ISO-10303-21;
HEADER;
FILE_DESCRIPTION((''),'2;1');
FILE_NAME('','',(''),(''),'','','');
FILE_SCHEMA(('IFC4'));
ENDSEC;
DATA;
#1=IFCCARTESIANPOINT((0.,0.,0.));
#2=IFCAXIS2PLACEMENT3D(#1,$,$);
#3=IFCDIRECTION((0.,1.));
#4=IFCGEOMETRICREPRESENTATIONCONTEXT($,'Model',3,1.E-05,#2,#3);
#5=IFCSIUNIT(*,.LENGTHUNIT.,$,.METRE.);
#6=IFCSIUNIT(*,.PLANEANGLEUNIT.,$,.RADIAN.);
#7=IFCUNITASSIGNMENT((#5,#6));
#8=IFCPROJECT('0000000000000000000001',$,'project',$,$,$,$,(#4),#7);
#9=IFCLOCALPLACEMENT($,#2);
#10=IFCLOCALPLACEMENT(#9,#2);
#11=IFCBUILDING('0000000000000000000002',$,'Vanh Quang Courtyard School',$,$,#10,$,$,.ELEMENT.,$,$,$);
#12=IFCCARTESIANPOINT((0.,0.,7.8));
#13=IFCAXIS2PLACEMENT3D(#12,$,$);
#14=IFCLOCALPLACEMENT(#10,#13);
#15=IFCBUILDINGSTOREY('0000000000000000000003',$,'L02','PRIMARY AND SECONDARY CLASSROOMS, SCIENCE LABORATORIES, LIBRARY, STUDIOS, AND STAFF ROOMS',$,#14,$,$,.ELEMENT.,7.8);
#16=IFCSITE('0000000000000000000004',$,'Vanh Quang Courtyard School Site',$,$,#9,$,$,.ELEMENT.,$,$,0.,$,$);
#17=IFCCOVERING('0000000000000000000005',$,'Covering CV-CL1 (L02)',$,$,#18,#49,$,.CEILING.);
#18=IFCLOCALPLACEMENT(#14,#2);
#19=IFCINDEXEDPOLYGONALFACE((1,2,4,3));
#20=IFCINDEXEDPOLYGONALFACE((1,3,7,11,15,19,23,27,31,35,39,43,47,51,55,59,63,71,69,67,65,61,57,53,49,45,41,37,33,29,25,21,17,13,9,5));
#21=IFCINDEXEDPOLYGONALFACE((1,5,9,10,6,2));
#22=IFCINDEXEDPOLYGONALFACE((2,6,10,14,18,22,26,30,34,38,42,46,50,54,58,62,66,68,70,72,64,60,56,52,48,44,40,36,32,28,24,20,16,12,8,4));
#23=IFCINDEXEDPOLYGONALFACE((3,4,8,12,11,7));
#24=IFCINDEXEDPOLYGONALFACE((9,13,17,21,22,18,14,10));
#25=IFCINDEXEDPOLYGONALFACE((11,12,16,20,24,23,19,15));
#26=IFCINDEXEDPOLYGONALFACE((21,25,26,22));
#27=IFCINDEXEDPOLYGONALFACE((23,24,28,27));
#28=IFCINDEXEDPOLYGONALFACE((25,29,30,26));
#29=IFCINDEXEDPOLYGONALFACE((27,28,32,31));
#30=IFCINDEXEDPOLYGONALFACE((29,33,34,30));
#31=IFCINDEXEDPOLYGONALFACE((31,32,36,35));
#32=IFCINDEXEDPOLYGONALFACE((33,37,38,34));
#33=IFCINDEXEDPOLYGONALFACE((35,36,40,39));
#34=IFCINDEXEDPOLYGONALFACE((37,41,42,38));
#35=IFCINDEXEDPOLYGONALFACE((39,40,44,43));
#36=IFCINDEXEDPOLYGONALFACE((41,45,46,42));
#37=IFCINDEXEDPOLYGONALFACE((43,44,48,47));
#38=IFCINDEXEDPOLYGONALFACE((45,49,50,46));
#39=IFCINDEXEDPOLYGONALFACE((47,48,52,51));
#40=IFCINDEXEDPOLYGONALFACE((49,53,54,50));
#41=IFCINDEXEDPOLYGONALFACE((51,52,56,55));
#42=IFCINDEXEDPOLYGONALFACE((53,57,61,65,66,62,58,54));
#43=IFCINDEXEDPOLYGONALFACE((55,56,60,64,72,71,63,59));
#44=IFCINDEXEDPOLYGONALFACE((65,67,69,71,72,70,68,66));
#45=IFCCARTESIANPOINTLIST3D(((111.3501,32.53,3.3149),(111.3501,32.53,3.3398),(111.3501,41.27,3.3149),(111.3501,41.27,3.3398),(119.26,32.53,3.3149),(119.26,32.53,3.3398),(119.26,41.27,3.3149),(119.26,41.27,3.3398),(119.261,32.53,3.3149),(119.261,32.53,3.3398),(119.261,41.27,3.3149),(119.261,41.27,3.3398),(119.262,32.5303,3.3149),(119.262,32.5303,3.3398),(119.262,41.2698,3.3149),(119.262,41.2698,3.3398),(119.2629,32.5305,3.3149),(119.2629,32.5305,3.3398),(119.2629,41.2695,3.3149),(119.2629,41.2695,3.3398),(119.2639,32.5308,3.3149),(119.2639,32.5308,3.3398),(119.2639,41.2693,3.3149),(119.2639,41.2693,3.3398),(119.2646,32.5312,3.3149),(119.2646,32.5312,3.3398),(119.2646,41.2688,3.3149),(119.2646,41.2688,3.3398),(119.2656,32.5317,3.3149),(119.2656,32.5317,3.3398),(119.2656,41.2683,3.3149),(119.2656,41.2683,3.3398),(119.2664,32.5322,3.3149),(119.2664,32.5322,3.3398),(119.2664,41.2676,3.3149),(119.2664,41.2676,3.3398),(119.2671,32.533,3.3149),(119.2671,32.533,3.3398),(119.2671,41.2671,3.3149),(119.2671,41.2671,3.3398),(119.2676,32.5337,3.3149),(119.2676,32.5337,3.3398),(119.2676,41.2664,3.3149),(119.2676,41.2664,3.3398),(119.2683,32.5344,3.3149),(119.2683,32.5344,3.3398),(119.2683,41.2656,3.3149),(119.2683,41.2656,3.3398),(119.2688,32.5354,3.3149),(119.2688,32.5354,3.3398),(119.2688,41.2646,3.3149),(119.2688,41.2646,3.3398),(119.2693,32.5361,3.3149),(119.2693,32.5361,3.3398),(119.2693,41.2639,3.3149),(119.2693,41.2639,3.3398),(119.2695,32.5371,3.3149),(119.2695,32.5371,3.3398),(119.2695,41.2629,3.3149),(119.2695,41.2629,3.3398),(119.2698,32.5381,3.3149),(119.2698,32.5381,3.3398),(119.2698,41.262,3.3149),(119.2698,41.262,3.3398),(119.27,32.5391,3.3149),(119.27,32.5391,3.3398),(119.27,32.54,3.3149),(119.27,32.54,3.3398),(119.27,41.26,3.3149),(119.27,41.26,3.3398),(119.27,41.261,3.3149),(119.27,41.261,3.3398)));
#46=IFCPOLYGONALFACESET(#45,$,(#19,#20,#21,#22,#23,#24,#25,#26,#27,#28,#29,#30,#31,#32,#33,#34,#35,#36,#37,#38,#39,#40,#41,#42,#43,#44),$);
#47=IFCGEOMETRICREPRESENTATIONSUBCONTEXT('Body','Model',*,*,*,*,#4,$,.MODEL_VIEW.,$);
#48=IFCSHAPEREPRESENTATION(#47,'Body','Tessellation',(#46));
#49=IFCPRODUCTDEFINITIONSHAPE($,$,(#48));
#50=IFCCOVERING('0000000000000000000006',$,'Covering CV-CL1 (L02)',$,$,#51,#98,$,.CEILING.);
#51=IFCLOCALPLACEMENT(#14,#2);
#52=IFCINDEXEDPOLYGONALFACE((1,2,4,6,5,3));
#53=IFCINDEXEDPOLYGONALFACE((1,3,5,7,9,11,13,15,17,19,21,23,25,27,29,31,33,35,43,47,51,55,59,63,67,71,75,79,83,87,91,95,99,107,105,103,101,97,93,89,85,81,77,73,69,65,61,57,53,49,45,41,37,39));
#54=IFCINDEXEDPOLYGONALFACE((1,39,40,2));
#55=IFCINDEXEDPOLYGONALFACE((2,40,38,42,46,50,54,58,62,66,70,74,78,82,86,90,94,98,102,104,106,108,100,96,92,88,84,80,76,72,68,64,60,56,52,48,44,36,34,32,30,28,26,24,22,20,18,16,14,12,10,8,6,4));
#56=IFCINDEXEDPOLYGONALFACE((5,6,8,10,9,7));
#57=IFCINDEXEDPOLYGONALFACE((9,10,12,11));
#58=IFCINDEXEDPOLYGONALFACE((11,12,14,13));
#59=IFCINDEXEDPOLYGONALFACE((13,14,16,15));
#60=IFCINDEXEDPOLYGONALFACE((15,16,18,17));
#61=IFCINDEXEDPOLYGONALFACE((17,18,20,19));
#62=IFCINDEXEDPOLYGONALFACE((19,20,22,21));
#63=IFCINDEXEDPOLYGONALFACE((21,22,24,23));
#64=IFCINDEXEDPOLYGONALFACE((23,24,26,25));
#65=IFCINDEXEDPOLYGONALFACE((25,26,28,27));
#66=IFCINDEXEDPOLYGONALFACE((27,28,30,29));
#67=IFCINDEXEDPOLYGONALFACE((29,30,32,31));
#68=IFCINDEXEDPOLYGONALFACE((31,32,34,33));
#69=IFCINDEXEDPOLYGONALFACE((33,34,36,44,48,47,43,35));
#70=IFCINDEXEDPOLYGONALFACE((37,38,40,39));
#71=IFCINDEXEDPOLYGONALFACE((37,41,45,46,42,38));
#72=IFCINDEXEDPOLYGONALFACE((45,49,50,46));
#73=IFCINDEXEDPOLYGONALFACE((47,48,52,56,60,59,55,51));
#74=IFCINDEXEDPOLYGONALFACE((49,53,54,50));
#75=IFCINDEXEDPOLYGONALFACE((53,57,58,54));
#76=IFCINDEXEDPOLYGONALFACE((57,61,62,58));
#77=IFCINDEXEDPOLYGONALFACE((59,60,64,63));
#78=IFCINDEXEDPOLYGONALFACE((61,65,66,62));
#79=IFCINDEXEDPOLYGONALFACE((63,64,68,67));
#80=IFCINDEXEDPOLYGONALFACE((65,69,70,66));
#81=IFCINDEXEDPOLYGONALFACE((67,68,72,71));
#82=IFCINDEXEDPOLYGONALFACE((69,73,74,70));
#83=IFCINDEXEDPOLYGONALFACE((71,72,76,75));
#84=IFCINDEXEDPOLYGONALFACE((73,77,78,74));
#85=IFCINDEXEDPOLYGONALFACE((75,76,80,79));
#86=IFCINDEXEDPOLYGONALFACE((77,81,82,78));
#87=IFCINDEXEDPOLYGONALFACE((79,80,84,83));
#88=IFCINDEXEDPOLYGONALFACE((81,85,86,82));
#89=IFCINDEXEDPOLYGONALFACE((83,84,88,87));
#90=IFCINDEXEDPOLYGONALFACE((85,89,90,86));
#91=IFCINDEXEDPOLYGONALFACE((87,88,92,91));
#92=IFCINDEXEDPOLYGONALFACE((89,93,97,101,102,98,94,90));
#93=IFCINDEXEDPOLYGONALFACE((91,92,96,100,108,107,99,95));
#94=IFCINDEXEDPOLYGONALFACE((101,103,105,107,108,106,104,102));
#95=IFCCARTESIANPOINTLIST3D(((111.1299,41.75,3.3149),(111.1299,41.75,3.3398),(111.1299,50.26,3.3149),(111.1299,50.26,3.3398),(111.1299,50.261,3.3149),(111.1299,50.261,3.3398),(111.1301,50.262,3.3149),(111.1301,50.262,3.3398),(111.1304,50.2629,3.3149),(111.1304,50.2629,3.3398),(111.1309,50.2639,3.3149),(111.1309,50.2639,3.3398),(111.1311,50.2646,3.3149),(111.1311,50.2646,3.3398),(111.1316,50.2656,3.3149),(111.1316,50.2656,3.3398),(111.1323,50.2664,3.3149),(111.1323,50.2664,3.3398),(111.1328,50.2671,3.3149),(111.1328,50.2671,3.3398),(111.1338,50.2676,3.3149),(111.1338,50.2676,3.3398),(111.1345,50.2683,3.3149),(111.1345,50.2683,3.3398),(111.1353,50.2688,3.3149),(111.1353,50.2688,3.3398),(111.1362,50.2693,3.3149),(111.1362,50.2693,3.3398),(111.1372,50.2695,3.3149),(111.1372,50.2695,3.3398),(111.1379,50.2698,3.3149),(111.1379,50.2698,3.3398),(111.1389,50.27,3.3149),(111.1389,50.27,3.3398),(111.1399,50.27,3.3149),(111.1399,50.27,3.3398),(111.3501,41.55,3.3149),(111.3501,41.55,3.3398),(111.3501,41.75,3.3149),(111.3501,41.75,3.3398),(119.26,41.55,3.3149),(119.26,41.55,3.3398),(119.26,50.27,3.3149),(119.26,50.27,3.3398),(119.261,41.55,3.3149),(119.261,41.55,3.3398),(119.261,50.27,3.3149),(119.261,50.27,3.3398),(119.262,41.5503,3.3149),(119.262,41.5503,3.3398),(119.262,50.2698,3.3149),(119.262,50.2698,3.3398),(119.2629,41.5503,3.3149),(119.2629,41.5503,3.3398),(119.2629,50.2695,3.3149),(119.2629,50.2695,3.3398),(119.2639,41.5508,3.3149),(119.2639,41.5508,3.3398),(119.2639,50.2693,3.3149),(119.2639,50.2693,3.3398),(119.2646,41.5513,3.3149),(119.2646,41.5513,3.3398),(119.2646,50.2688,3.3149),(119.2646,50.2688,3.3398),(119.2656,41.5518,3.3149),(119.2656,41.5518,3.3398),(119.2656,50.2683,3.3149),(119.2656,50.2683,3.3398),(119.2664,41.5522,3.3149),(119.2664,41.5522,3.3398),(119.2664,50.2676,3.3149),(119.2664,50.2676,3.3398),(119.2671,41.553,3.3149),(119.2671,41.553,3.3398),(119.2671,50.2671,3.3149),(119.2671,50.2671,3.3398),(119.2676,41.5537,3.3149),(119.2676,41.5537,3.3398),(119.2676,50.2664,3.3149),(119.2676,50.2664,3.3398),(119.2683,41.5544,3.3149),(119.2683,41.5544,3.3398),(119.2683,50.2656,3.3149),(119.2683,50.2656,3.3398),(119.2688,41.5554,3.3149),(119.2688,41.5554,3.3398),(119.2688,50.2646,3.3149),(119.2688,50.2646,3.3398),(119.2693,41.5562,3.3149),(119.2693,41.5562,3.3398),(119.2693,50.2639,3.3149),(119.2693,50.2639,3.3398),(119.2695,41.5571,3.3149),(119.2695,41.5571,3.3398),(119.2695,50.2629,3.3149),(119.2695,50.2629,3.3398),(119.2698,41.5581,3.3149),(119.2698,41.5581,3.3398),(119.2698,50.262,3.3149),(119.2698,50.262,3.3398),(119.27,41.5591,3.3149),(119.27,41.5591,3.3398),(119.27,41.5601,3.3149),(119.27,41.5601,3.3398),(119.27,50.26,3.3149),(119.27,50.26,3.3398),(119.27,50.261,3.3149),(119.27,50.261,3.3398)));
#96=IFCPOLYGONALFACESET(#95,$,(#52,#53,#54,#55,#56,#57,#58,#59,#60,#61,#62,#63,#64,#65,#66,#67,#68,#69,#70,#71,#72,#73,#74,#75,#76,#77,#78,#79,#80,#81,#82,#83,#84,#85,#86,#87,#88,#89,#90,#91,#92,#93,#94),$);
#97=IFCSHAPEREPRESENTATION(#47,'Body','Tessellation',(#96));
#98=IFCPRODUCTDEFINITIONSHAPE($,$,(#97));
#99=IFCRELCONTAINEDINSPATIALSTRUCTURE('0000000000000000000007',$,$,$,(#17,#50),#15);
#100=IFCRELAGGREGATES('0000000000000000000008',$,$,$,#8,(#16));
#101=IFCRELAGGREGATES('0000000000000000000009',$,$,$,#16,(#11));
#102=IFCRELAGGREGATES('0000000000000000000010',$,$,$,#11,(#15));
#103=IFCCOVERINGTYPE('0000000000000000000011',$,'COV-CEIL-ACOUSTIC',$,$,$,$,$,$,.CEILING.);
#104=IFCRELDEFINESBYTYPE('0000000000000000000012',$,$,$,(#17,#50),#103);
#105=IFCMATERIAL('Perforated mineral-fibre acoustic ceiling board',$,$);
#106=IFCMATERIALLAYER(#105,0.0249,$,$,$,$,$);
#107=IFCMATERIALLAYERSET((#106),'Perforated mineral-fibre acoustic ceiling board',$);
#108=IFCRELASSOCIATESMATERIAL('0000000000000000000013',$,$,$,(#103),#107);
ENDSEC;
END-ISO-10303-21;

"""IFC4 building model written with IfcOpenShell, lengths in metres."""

from ifc_helpers import new_model, si_unit, direction, frame, origin, place, context, subcontext, project, spatial, polyline, outline, extrude, material, layer, layer_set, type_object, element, save


model = new_model("IFC4")

# Units and contexts
model_context = context("Model", 3, precision=1e-05, world=origin(), true_north=direction((0.0, 1.0)))
body_context = subcontext(model_context, "Body", "Model", "MODEL_VIEW")
ifc_project = project(units=[si_unit("LENGTHUNIT", "METRE"), si_unit("PLANEANGLEUNIT", "RADIAN")], contexts=[model_context])

# Site, building, storey
site_placement = place(None, origin())
site = spatial("IfcSite", under=ifc_project, at=site_placement, Name="Vanh Quang Courtyard School Site", CompositionType="ELEMENT", RefElevation=0.0)
building_placement = place(site_placement, origin())
building = spatial("IfcBuilding", under=site, at=building_placement, Name="Vanh Quang Courtyard School", CompositionType="ELEMENT")
storey_placement = place(building_placement, frame((0.0, 0.0, 7.8)))
storey = spatial("IfcBuildingStorey", under=building, at=storey_placement, Name="L02", Description="PRIMARY AND SECONDARY CLASSROOMS, SCIENCE LABORATORIES, LIBRARY, STUDIOS, AND STAFF ROOMS", CompositionType="ELEMENT", Elevation=7.8)

# Coverings
ifc_material_1 = material(Name="Perforated mineral-fibre acoustic ceiling board")
ifc_layer_1 = layer(ifc_material_1, 0.0249)
ifc_layer_set_1 = layer_set([ifc_layer_1], Name="Perforated mineral-fibre acoustic ceiling board")
covering_type_1 = type_object("IfcCoveringType", Name="COV-CEIL-ACOUSTIC", PredefinedType="CEILING", material=ifc_layer_set_1)
covering_1_placement = place(storey_placement, frame((0.0, 0.0, 3.3149)))
element("IfcCovering", 1, at=covering_1_placement, inside=storey, type_object=covering_type_1, Name="Covering CV-CL1 (L02)", PredefinedType="CEILING", context=body_context, shape_type="SweptSolid", body=[
    extrude(outline(polyline([(111.3501, 32.53), (111.3501, 41.27), (119.26, 41.27), (119.261, 41.27), (119.262, 41.2698), (119.2629, 41.2695), (119.2639, 41.2693), (119.2646, 41.2688), (119.2656, 41.2683), (119.2664, 41.2676), (119.2671, 41.2671), (119.2676, 41.2664), (119.2683, 41.2656), (119.2688, 41.2646), (119.2693, 41.2639), (119.2695, 41.2629), (119.2698, 41.262), (119.27, 41.261), (119.27, 41.26), (119.27, 32.54), (119.27, 32.5391), (119.2698, 32.5381), (119.2695, 32.5371), (119.2693, 32.5361), (119.2688, 32.5354), (119.2683, 32.5344), (119.2676, 32.5337), (119.2671, 32.533), (119.2664, 32.5322), (119.2656, 32.5317), (119.2646, 32.5312), (119.2639, 32.5308), (119.2629, 32.5305), (119.262, 32.5303), (119.261, 32.53), (119.26, 32.53), (111.3501, 32.53)])), origin(), (0.0, 0.0, 1.0), 0.0249),
])
covering_2_placement = place(storey_placement, frame((0.0, 0.0, 3.3149)))
element("IfcCovering", 2, at=covering_2_placement, inside=storey, type_object=covering_type_1, Name="Covering CV-CL1 (L02)", PredefinedType="CEILING", context=body_context, shape_type="SweptSolid", body=[
    extrude(outline(polyline([(111.3501, 41.55), (111.3501, 41.75), (111.1299, 41.75), (111.1299, 50.26), (111.1299, 50.261), (111.1301, 50.262), (111.1304, 50.2629), (111.1309, 50.2639), (111.1311, 50.2646), (111.1316, 50.2656), (111.1323, 50.2664), (111.1328, 50.2671), (111.1338, 50.2676), (111.1345, 50.2683), (111.1353, 50.2688), (111.1362, 50.2693), (111.1372, 50.2695), (111.1379, 50.2698), (111.1389, 50.27), (111.1399, 50.27), (119.26, 50.27), (119.261, 50.27), (119.262, 50.2698), (119.2629, 50.2695), (119.2639, 50.2693), (119.2646, 50.2688), (119.2656, 50.2683), (119.2664, 50.2676), (119.2671, 50.2671), (119.2676, 50.2664), (119.2683, 50.2656), (119.2688, 50.2646), (119.2693, 50.2639), (119.2695, 50.2629), (119.2698, 50.262), (119.27, 50.261), (119.27, 50.26), (119.27, 41.5601), (119.27, 41.5591), (119.2698, 41.5581), (119.2695, 41.5571), (119.2693, 41.5562), (119.2688, 41.5554), (119.2683, 41.5544), (119.2676, 41.5537), (119.2671, 41.553), (119.2664, 41.5522), (119.2656, 41.5518), (119.2646, 41.5513), (119.2639, 41.5508), (119.2629, 41.5503), (119.262, 41.5503), (119.261, 41.55), (119.26, 41.55), (111.3501, 41.55)])), origin(), (0.0, 0.0, 1.0), 0.0249),
])

save(model, "model.ifc")
